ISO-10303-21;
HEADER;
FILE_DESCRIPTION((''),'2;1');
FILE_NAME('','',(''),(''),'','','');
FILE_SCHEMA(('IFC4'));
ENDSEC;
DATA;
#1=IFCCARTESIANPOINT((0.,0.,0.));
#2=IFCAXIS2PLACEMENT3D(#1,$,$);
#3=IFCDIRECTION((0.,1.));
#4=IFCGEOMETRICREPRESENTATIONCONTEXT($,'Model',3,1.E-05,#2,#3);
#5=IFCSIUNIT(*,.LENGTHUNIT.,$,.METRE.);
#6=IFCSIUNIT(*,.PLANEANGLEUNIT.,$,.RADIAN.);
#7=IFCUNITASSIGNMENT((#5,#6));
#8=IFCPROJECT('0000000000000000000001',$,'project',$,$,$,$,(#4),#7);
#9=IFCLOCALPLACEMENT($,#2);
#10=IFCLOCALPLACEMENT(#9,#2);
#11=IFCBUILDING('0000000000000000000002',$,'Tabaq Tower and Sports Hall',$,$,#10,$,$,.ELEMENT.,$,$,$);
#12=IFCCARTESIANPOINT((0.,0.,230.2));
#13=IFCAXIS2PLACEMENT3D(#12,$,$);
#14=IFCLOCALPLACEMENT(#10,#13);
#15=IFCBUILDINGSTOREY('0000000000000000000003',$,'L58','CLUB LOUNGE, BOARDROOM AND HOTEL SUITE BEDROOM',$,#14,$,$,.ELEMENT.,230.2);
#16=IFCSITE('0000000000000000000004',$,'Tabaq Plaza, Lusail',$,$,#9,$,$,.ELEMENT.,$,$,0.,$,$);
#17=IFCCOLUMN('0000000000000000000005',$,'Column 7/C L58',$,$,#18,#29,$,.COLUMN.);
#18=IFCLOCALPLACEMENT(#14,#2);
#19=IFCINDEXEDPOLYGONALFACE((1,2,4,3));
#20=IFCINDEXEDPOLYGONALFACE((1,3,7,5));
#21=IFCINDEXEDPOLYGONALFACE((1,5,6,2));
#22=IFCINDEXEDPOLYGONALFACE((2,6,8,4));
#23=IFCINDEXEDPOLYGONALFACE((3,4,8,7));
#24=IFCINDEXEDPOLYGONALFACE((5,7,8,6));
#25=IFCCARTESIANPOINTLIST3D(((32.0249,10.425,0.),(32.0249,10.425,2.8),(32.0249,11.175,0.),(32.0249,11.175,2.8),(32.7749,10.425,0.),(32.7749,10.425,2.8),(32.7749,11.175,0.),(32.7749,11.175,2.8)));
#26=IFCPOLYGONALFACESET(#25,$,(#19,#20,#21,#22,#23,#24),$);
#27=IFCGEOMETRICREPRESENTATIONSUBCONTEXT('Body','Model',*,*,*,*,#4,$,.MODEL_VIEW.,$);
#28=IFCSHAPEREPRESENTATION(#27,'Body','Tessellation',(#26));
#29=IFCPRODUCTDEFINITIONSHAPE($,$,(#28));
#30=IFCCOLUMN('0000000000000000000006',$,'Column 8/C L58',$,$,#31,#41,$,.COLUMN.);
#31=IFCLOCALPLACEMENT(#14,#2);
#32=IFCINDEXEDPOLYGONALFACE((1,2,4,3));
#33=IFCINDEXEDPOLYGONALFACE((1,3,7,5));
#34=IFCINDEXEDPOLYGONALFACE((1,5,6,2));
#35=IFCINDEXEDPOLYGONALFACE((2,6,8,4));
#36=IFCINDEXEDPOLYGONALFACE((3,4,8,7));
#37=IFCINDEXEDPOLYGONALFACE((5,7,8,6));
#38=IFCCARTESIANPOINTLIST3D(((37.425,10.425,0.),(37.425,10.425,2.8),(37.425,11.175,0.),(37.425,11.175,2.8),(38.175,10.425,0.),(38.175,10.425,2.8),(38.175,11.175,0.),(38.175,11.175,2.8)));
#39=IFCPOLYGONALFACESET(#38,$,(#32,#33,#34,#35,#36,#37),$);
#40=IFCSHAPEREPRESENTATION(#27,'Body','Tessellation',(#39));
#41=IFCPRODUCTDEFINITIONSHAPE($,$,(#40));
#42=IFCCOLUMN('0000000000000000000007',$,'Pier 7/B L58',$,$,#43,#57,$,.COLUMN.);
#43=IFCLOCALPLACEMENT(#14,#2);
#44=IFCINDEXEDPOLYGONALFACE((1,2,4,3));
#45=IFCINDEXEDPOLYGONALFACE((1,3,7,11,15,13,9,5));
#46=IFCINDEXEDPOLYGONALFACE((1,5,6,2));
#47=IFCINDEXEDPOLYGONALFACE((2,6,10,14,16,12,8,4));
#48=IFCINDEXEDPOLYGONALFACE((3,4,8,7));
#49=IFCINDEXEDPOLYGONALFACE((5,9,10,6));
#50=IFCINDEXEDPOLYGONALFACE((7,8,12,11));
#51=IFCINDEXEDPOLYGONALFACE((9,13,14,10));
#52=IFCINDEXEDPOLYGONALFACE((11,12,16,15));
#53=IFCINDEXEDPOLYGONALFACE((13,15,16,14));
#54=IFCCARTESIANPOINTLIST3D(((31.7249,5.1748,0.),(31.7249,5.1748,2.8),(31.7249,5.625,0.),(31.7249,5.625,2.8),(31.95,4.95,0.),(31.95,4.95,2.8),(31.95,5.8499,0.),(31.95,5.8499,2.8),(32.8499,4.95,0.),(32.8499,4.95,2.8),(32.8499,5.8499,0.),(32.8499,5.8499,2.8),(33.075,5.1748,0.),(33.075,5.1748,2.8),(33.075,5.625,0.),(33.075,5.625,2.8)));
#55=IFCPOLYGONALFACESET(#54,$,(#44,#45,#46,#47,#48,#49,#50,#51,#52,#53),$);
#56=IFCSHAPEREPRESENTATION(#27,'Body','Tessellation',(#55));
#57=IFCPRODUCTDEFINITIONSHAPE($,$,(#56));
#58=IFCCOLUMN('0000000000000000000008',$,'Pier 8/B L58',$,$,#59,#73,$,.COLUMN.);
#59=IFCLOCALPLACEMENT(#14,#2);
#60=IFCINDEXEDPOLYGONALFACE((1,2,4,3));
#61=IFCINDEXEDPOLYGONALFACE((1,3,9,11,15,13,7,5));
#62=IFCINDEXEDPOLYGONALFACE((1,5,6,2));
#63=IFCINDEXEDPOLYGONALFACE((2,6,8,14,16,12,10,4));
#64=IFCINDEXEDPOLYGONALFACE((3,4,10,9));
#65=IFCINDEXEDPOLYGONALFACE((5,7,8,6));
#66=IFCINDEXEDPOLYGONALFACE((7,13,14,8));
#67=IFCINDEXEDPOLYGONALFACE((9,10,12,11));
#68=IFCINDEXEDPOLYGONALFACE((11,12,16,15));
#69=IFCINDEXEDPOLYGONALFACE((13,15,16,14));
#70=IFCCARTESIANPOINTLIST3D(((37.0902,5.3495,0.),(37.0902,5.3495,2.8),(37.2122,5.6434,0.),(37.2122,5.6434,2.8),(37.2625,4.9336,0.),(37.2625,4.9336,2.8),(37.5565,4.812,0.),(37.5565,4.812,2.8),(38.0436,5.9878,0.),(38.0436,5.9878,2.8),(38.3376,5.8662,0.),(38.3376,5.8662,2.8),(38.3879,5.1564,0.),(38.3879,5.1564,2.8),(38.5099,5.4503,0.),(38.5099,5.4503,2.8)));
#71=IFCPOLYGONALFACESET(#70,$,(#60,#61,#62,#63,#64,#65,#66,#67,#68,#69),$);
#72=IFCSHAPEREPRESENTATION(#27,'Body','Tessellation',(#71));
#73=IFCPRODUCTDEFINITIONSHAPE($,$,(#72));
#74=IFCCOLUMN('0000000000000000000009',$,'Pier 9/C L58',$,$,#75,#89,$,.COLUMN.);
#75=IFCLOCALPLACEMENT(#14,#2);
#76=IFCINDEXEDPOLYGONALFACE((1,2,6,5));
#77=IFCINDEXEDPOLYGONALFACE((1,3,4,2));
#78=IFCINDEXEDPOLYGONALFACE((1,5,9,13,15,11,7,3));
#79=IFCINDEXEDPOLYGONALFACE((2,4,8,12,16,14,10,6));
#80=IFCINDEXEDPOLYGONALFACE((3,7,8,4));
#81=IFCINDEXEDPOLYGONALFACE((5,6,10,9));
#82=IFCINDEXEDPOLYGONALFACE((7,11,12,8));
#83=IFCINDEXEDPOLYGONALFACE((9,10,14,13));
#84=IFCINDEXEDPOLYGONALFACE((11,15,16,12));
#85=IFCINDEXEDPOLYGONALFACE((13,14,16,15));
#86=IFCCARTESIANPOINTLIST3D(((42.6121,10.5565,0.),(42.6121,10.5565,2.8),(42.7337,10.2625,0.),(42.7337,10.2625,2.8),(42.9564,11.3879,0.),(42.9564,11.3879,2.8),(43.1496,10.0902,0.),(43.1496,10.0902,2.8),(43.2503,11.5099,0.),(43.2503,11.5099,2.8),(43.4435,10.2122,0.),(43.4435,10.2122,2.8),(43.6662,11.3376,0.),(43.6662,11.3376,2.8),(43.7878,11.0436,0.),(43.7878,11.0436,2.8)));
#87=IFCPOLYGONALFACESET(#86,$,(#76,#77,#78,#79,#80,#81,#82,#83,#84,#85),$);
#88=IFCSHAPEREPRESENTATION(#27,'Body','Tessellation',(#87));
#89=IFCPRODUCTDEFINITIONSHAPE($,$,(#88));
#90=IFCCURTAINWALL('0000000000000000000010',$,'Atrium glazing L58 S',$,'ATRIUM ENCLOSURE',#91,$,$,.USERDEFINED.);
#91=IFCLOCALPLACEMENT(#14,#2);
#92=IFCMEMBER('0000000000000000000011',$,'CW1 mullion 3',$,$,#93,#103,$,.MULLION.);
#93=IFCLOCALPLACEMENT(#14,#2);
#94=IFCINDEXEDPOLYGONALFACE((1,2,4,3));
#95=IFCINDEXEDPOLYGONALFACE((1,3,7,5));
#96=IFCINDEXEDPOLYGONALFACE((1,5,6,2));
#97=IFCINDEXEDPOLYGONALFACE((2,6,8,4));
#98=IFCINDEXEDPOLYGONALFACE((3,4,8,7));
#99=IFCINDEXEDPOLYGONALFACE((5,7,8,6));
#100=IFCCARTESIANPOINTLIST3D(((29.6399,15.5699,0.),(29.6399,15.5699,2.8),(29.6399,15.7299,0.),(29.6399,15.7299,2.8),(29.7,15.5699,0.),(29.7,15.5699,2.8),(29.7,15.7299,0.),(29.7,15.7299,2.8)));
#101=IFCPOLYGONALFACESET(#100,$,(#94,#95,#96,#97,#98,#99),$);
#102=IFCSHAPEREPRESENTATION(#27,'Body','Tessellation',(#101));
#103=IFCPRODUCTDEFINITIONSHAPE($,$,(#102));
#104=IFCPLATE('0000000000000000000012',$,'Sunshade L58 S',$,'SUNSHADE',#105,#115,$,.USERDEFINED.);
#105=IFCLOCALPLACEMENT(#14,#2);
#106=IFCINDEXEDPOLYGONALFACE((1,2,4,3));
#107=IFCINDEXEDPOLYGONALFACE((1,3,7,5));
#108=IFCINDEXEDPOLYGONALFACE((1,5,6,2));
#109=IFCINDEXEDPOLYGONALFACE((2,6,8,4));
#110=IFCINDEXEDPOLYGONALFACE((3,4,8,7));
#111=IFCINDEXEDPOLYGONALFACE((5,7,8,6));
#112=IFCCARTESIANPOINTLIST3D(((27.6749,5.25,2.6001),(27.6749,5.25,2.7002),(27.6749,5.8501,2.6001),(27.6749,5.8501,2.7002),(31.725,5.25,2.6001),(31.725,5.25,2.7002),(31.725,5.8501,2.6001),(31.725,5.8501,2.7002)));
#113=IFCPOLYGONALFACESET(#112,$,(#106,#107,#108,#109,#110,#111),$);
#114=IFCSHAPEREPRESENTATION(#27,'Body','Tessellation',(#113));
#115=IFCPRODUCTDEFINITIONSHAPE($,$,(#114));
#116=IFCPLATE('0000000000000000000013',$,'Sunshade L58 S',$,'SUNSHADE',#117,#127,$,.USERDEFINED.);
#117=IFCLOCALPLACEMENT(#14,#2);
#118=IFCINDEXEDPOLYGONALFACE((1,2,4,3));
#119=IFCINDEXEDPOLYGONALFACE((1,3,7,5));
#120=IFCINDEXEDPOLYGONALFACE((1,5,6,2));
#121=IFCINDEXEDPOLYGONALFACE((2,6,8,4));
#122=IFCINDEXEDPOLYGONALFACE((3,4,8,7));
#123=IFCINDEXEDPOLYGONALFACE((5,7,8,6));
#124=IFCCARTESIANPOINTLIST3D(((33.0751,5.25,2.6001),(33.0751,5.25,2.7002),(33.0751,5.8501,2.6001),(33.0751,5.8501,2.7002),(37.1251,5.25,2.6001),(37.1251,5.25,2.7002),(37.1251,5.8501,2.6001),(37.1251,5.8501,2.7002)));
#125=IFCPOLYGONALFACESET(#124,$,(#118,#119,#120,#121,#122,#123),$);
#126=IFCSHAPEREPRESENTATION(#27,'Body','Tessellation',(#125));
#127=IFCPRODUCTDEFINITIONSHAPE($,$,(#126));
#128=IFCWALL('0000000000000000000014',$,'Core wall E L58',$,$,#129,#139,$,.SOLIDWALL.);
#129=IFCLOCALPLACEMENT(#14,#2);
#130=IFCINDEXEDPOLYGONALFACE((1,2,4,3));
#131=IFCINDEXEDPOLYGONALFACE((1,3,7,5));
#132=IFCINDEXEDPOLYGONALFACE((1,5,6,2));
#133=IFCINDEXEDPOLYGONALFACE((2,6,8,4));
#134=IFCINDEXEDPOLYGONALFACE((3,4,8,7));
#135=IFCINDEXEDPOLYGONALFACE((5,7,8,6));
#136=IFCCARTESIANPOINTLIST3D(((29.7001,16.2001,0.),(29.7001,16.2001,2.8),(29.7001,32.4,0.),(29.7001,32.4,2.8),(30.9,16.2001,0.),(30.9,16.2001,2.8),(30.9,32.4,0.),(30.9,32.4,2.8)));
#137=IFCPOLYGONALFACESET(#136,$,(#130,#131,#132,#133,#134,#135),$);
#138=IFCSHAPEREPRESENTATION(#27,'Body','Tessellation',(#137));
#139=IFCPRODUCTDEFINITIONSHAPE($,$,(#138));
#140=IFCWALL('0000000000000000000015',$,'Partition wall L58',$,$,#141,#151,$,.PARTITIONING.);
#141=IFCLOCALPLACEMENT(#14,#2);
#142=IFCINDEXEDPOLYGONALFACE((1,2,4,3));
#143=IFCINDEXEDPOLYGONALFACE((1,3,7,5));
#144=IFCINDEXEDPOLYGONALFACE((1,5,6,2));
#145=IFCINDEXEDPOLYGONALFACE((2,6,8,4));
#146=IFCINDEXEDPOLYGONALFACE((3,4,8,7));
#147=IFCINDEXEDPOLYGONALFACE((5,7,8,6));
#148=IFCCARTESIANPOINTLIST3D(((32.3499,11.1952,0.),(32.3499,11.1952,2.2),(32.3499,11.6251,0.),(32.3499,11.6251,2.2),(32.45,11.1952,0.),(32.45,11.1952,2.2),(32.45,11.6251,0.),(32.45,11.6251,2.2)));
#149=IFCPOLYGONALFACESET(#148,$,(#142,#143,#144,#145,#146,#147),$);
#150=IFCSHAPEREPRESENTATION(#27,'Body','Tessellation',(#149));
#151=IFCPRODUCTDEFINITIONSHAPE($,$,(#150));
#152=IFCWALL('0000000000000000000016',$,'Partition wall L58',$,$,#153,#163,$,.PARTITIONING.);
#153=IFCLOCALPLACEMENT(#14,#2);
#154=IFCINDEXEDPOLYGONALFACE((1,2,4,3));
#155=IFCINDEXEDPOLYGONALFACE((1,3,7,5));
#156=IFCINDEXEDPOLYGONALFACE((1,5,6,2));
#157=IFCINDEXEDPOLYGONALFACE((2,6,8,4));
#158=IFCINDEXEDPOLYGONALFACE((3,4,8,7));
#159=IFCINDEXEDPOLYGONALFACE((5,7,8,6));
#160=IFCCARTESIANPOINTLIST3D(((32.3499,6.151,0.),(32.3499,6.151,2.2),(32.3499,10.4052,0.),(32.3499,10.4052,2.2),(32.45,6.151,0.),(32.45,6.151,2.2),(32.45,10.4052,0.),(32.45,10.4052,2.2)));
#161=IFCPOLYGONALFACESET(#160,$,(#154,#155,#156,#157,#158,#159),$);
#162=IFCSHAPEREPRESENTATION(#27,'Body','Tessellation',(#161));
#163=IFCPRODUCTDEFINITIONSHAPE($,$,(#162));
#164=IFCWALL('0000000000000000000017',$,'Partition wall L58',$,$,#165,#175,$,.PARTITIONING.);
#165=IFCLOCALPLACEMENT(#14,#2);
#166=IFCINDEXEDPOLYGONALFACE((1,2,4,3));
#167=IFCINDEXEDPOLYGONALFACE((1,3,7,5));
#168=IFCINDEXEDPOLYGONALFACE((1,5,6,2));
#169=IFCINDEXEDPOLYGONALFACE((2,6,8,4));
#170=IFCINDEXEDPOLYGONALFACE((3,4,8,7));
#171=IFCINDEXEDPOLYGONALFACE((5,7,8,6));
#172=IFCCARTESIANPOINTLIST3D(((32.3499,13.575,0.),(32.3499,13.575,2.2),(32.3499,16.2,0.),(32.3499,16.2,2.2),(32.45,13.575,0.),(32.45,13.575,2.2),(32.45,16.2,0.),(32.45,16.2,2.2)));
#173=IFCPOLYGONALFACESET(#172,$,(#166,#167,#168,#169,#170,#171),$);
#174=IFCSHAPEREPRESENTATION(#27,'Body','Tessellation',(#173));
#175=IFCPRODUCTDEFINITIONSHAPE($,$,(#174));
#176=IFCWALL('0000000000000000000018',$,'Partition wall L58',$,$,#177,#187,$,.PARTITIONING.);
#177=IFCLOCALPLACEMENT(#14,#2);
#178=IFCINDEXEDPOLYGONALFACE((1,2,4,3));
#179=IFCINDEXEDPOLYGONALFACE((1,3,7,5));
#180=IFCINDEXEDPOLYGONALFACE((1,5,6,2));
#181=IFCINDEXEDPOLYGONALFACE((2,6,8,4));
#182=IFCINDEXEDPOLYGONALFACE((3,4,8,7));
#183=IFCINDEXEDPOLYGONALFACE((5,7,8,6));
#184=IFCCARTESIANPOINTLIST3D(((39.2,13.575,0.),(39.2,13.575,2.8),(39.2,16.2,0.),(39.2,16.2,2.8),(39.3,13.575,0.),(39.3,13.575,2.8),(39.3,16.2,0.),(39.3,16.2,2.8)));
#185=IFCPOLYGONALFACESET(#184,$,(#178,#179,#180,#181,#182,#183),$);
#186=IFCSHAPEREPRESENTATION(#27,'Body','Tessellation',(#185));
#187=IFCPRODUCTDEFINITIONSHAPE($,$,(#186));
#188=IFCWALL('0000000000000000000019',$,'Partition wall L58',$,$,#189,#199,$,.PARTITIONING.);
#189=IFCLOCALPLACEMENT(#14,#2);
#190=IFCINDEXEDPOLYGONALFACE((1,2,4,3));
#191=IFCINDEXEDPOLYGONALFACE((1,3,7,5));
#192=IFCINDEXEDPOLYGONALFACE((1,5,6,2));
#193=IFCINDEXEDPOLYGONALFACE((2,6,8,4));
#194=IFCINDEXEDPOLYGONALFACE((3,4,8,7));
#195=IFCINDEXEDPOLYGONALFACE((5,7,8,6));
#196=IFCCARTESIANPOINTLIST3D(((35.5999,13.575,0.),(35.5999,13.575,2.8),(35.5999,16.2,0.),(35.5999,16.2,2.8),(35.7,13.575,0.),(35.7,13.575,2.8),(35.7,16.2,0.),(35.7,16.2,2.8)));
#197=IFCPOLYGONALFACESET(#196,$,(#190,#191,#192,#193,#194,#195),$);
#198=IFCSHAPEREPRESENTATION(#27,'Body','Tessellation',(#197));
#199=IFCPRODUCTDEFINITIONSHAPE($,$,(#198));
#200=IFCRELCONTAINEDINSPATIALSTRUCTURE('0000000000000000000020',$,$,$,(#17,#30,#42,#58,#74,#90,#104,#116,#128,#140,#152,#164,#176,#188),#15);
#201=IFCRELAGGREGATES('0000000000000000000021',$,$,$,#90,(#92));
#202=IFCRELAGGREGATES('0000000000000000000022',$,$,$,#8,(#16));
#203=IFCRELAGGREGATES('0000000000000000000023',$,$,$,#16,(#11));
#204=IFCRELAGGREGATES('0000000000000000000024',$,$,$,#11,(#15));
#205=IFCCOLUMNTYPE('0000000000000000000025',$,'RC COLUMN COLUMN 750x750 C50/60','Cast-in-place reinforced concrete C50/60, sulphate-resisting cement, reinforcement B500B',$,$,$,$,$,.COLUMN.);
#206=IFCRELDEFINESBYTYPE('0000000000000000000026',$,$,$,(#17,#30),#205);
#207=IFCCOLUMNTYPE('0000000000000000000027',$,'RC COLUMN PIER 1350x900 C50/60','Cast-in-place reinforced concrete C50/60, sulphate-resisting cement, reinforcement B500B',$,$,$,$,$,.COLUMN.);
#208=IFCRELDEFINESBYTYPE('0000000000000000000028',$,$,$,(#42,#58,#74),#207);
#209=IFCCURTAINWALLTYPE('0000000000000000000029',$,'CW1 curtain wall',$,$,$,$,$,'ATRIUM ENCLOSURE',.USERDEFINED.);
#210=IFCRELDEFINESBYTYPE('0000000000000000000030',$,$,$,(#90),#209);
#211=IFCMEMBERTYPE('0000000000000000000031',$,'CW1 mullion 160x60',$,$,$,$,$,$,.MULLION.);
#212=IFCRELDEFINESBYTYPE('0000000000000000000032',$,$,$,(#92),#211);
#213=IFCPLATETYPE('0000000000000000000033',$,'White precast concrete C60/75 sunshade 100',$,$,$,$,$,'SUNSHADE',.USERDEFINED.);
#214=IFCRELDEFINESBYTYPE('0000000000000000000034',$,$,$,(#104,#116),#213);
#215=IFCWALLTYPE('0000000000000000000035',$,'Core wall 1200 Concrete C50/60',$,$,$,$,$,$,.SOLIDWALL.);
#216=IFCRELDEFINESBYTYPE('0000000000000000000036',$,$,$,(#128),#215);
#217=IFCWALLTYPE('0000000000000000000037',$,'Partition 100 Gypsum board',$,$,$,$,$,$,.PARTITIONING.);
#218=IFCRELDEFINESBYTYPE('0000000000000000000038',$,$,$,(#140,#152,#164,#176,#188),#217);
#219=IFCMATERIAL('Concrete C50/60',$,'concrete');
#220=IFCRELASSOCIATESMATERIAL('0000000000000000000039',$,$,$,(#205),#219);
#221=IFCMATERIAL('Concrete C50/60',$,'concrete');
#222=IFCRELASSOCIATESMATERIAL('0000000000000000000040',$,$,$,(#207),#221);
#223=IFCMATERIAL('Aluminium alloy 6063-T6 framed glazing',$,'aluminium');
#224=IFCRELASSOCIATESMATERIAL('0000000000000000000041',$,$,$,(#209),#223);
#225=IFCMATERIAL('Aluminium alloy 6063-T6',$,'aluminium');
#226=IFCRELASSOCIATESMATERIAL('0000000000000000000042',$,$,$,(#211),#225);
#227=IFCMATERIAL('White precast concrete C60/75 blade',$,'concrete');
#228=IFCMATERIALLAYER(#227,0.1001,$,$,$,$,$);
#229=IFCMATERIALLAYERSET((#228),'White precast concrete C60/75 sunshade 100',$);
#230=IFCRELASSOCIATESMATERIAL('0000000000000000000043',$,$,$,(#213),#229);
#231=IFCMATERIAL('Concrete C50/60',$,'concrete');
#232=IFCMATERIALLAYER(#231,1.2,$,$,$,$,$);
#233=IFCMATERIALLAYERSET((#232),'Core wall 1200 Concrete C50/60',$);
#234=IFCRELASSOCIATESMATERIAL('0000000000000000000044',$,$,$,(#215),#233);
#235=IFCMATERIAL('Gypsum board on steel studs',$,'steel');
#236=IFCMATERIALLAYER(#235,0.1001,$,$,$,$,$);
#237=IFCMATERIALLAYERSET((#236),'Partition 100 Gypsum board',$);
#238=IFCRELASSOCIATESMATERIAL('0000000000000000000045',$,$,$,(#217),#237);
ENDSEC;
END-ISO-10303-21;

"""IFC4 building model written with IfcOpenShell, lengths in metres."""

from ifc_helpers import new_model, si_unit, direction, frame, frame_2d, origin, origin_2d, place, context, subcontext, project, spatial, polyline, rectangle, outline, extrude, material, layer, layer_set, material_profile, profile_set, type_object, element, aggregate, save


model = new_model("IFC4")

# Units and contexts
model_context = context("Model", 3, precision=1e-05, world=origin(), true_north=direction((0.0, 1.0)))
body_context = subcontext(model_context, "Body", "Model", "MODEL_VIEW")
ifc_project = project(units=[si_unit("LENGTHUNIT", "METRE"), si_unit("PLANEANGLEUNIT", "RADIAN")], contexts=[model_context])

# Site, building, storey
site_placement = place(None, origin())
site = spatial("IfcSite", under=ifc_project, at=site_placement, Name="Tabaq Plaza, Lusail", CompositionType="ELEMENT", RefElevation=0.0)
building_placement = place(site_placement, origin())
building = spatial("IfcBuilding", under=site, at=building_placement, Name="Tabaq Tower and Sports Hall", CompositionType="ELEMENT")
storey_placement = place(building_placement, frame((0.0, 0.0, 230.2)))
storey = spatial("IfcBuildingStorey", under=building, at=storey_placement, Name="L58", Description="CLUB LOUNGE, BOARDROOM AND HOTEL SUITE BEDROOM", CompositionType="ELEMENT", Elevation=230.2)

# Columns
ifc_material_1 = material(Name="Concrete C50/60", Category="concrete")
ifc_material_profile_1 = material_profile(ifc_material_1, rectangle(XDim=0.75, YDim=0.75, at=origin_2d()), Name="COLUMN 750x750")
ifc_profile_set_1 = profile_set([ifc_material_profile_1], Name="Concrete C50/60")
column_type_1 = type_object("IfcColumnType", Name="RC COLUMN COLUMN 750x750 C50/60", Description="Cast-in-place reinforced concrete C50/60, sulphate-resisting cement, reinforcement B500B", PredefinedType="COLUMN", material=ifc_profile_set_1)
for number, where, z_axis, x_axis, name in (
    (1, (32.3999, 10.8, 0.0), (0.0, 0.0, 1.0), (1.0, 0.0, 0.0), "Column 7/C L58"),
    (2, (37.8, 10.8, 0.0), (0.0, 0.0, 1.0), (1.0, 0.0, 0.0), "Column 8/C L58"),
):
    element("IfcColumn", number, at=place(storey_placement, frame(where, z_axis=z_axis, x_axis=x_axis)), inside=storey, type_object=column_type_1, Name=name, PredefinedType="COLUMN", context=body_context, shape_type="SweptSolid", body=[
        extrude(rectangle(XDim=0.75, YDim=0.75, at=origin_2d()), origin(), (0.0, 0.0, 1.0), 2.8),
    ])
ifc_material_2 = material(Name="Concrete C50/60", Category="concrete")
ifc_material_profile_2 = material_profile(ifc_material_2, outline(polyline([(-0.45, -0.45), (0.45, -0.45), (0.675, -0.2251), (0.675, 0.2251), (0.45, 0.45), (-0.45, 0.45), (-0.675, 0.2251), (-0.675, -0.2251), (-0.45, -0.45)])), Name="PIER 1350x900")
ifc_profile_set_2 = profile_set([ifc_material_profile_2], Name="Concrete C50/60")
column_type_2 = type_object("IfcColumnType", Name="RC COLUMN PIER 1350x900 C50/60", Description="Cast-in-place reinforced concrete C50/60, sulphate-resisting cement, reinforcement B500B", PredefinedType="COLUMN", material=ifc_profile_set_2)
for number, where, z_axis, x_axis, name in (
    (3, (32.3999, 5.3999, 0.0), (0.0, 0.0, 1.0), (1.0, 0.0, 0.0), "Pier 7/B L58"),
    (4, (37.8, 5.3999, 0.0), (0.0, 0.0, 1.0), (0.92388, 0.382683, 0.0), "Pier 8/B L58"),
    (5, (43.2, 10.8, 0.0), (0.0, 0.0, 1.0), (0.382683, 0.92388, 0.0), "Pier 9/C L58"),
):
    element("IfcColumn", number, at=place(storey_placement, frame(where, z_axis=z_axis, x_axis=x_axis)), inside=storey, type_object=column_type_2, Name=name, PredefinedType="COLUMN", context=body_context, shape_type="SweptSolid", body=[
        extrude(outline(polyline([(-0.45, -0.45), (0.45, -0.45), (0.675, -0.2251), (0.675, 0.2251), (0.45, 0.45), (-0.45, 0.45), (-0.675, 0.2251), (-0.675, -0.2251), (-0.45, -0.45)])), origin(), (0.0, 0.0, 1.0), 2.8),
    ])

# Curtain wall, member
ifc_material_3 = material(Name="Aluminium alloy 6063-T6 framed glazing", Category="aluminium")
curtain_wall_type = type_object("IfcCurtainWallType", Name="CW1 curtain wall", ElementType="ATRIUM ENCLOSURE", PredefinedType="USERDEFINED", material=ifc_material_3)
curtain_wall_placement = place(storey_placement, origin())
curtain_wall = element("IfcCurtainWall", 6, at=curtain_wall_placement, inside=storey, type_object=curtain_wall_type, Name="Atrium glazing L58 S", ObjectType="ATRIUM ENCLOSURE", PredefinedType="USERDEFINED")
ifc_material_4 = material(Name="Aluminium alloy 6063-T6", Category="aluminium")
ifc_material_profile_3 = material_profile(ifc_material_4, rectangle(XDim=0.1599, YDim=0.0601, at=origin_2d()), Name="MULLION 160x60")
ifc_profile_set_3 = profile_set([ifc_material_profile_3], Name="Aluminium alloy 6063-T6")
member_type = type_object("IfcMemberType", Name="CW1 mullion 160x60", PredefinedType="MULLION", material=ifc_profile_set_3)
member_placement = place(storey_placement, frame((29.6699, 15.6499, 0.0), z_axis=(0.0, 0.0, 1.0), x_axis=(0.0, 1.0, 0.0)))
member = element("IfcMember", 7, at=member_placement, type_object=member_type, Name="CW1 mullion 3", PredefinedType="MULLION", context=body_context, shape_type="SweptSolid", body=[
    extrude(rectangle(XDim=0.1599, YDim=0.0601, at=origin_2d()), origin(), (0.0, 0.0, 1.0), 2.8),
])
aggregate(curtain_wall, [member])

# Plates
ifc_material_5 = material(Name="White precast concrete C60/75 blade", Category="concrete")
ifc_layer_1 = layer(ifc_material_5, 0.1001)
ifc_layer_set_1 = layer_set([ifc_layer_1], Name="White precast concrete C60/75 sunshade 100")
plate_type = type_object("IfcPlateType", Name="White precast concrete C60/75 sunshade 100", ElementType="SUNSHADE", PredefinedType="USERDEFINED", material=ifc_layer_set_1)
for number, where, z_axis, x_axis, name in (
    (8, (29.7, 5.55, 2.6001), (0.0, 0.0, 1.0), (1.0, 0.0, 0.0), "Sunshade L58 S"),
    (9, (35.1001, 5.55, 2.6001), (0.0, 0.0, 1.0), (1.0, 0.0, 0.0), "Sunshade L58 S"),
):
    element("IfcPlate", number, at=place(storey_placement, frame(where, z_axis=z_axis, x_axis=x_axis)), inside=storey, type_object=plate_type, Name=name, ObjectType="SUNSHADE", PredefinedType="USERDEFINED", context=body_context, shape_type="SweptSolid", body=[
        extrude(rectangle(XDim=4.05, YDim=0.6001, at=origin_2d()), origin(), (0.0, 0.0, 1.0), 0.1001),
    ])

# Walls
ifc_material_6 = material(Name="Concrete C50/60", Category="concrete")
ifc_layer_2 = layer(ifc_material_6, 1.2)
ifc_layer_set_2 = layer_set([ifc_layer_2], Name="Core wall 1200 Concrete C50/60")
wall_type_1 = type_object("IfcWallType", Name="Core wall 1200 Concrete C50/60", PredefinedType="SOLIDWALL", material=ifc_layer_set_2)
wall_1_placement = place(storey_placement, frame((30.3, 16.2, 0.0), z_axis=(0.0, 0.0, 1.0), x_axis=(0.0, 1.0, 0.0)))
element("IfcWall", 10, at=wall_1_placement, inside=storey, type_object=wall_type_1, Name="Core wall E L58", PredefinedType="SOLIDWALL", context=body_context, shape_type="SweptSolid", body=[
    extrude(rectangle(XDim=16.2, YDim=1.2, at=frame_2d((8.1001, 0.0))), origin(), (0.0, 0.0, 1.0), 2.8),
])
ifc_material_7 = material(Name="Gypsum board on steel studs", Category="steel")
ifc_layer_3 = layer(ifc_material_7, 0.1001)
ifc_layer_set_3 = layer_set([ifc_layer_3], Name="Partition 100 Gypsum board")
wall_type_2 = type_object("IfcWallType", Name="Partition 100 Gypsum board", PredefinedType="PARTITIONING", material=ifc_layer_set_3)
wall_2_placement = place(storey_placement, frame((32.3999, 11.625, 0.0), z_axis=(0.0, 0.0, 1.0), x_axis=(0.0, -1.0, 0.0)))
element("IfcWall", 11, at=wall_2_placement, inside=storey, type_object=wall_type_2, Name="Partition wall L58", PredefinedType="PARTITIONING", context=body_context, shape_type="SweptSolid", body=[
    extrude(rectangle(XDim=0.4299, YDim=0.1001, at=frame_2d((0.2148, 0.0))), origin(), (0.0, 0.0, 1.0), 2.2),
])
wall_3_placement = place(storey_placement, frame((32.3999, 10.405, 0.0), z_axis=(0.0, 0.0, 1.0), x_axis=(0.0, -1.0, 0.0)))
element("IfcWall", 12, at=wall_3_placement, inside=storey, type_object=wall_type_2, Name="Partition wall L58", PredefinedType="PARTITIONING", context=body_context, shape_type="SweptSolid", body=[
    extrude(rectangle(XDim=4.2542, YDim=0.1001, at=frame_2d((2.127, 0.0))), origin(), (0.0, 0.0, 1.0), 2.2),
])
wall_4_placement = place(storey_placement, frame((32.3999, 13.575, 0.0), z_axis=(0.0, 0.0, 1.0), x_axis=(0.0, 1.0, 0.0)))
element("IfcWall", 13, at=wall_4_placement, inside=storey, type_object=wall_type_2, Name="Partition wall L58", PredefinedType="PARTITIONING", context=body_context, shape_type="SweptSolid", body=[
    extrude(rectangle(XDim=2.625, YDim=0.1001, at=frame_2d((1.3125, 0.0))), origin(), (0.0, 0.0, 1.0), 2.2),
])
for number, where, z_axis, x_axis, name in (
    (14, (39.25, 13.575, 0.0), (0.0, 0.0, 1.0), (0.0, 1.0, 0.0), "Partition wall L58"),
    (15, (35.6499, 16.2, 0.0), (0.0, 0.0, 1.0), (0.0, -1.0, 0.0), "Partition wall L58"),
):
    element("IfcWall", number, at=place(storey_placement, frame(where, z_axis=z_axis, x_axis=x_axis)), inside=storey, type_object=wall_type_2, Name=name, PredefinedType="PARTITIONING", context=body_context, shape_type="SweptSolid", body=[
        extrude(rectangle(XDim=2.625, YDim=0.1001, at=frame_2d((1.3125, 0.0))), origin(), (0.0, 0.0, 1.0), 2.8),
    ])

save(model, "model.ifc")
